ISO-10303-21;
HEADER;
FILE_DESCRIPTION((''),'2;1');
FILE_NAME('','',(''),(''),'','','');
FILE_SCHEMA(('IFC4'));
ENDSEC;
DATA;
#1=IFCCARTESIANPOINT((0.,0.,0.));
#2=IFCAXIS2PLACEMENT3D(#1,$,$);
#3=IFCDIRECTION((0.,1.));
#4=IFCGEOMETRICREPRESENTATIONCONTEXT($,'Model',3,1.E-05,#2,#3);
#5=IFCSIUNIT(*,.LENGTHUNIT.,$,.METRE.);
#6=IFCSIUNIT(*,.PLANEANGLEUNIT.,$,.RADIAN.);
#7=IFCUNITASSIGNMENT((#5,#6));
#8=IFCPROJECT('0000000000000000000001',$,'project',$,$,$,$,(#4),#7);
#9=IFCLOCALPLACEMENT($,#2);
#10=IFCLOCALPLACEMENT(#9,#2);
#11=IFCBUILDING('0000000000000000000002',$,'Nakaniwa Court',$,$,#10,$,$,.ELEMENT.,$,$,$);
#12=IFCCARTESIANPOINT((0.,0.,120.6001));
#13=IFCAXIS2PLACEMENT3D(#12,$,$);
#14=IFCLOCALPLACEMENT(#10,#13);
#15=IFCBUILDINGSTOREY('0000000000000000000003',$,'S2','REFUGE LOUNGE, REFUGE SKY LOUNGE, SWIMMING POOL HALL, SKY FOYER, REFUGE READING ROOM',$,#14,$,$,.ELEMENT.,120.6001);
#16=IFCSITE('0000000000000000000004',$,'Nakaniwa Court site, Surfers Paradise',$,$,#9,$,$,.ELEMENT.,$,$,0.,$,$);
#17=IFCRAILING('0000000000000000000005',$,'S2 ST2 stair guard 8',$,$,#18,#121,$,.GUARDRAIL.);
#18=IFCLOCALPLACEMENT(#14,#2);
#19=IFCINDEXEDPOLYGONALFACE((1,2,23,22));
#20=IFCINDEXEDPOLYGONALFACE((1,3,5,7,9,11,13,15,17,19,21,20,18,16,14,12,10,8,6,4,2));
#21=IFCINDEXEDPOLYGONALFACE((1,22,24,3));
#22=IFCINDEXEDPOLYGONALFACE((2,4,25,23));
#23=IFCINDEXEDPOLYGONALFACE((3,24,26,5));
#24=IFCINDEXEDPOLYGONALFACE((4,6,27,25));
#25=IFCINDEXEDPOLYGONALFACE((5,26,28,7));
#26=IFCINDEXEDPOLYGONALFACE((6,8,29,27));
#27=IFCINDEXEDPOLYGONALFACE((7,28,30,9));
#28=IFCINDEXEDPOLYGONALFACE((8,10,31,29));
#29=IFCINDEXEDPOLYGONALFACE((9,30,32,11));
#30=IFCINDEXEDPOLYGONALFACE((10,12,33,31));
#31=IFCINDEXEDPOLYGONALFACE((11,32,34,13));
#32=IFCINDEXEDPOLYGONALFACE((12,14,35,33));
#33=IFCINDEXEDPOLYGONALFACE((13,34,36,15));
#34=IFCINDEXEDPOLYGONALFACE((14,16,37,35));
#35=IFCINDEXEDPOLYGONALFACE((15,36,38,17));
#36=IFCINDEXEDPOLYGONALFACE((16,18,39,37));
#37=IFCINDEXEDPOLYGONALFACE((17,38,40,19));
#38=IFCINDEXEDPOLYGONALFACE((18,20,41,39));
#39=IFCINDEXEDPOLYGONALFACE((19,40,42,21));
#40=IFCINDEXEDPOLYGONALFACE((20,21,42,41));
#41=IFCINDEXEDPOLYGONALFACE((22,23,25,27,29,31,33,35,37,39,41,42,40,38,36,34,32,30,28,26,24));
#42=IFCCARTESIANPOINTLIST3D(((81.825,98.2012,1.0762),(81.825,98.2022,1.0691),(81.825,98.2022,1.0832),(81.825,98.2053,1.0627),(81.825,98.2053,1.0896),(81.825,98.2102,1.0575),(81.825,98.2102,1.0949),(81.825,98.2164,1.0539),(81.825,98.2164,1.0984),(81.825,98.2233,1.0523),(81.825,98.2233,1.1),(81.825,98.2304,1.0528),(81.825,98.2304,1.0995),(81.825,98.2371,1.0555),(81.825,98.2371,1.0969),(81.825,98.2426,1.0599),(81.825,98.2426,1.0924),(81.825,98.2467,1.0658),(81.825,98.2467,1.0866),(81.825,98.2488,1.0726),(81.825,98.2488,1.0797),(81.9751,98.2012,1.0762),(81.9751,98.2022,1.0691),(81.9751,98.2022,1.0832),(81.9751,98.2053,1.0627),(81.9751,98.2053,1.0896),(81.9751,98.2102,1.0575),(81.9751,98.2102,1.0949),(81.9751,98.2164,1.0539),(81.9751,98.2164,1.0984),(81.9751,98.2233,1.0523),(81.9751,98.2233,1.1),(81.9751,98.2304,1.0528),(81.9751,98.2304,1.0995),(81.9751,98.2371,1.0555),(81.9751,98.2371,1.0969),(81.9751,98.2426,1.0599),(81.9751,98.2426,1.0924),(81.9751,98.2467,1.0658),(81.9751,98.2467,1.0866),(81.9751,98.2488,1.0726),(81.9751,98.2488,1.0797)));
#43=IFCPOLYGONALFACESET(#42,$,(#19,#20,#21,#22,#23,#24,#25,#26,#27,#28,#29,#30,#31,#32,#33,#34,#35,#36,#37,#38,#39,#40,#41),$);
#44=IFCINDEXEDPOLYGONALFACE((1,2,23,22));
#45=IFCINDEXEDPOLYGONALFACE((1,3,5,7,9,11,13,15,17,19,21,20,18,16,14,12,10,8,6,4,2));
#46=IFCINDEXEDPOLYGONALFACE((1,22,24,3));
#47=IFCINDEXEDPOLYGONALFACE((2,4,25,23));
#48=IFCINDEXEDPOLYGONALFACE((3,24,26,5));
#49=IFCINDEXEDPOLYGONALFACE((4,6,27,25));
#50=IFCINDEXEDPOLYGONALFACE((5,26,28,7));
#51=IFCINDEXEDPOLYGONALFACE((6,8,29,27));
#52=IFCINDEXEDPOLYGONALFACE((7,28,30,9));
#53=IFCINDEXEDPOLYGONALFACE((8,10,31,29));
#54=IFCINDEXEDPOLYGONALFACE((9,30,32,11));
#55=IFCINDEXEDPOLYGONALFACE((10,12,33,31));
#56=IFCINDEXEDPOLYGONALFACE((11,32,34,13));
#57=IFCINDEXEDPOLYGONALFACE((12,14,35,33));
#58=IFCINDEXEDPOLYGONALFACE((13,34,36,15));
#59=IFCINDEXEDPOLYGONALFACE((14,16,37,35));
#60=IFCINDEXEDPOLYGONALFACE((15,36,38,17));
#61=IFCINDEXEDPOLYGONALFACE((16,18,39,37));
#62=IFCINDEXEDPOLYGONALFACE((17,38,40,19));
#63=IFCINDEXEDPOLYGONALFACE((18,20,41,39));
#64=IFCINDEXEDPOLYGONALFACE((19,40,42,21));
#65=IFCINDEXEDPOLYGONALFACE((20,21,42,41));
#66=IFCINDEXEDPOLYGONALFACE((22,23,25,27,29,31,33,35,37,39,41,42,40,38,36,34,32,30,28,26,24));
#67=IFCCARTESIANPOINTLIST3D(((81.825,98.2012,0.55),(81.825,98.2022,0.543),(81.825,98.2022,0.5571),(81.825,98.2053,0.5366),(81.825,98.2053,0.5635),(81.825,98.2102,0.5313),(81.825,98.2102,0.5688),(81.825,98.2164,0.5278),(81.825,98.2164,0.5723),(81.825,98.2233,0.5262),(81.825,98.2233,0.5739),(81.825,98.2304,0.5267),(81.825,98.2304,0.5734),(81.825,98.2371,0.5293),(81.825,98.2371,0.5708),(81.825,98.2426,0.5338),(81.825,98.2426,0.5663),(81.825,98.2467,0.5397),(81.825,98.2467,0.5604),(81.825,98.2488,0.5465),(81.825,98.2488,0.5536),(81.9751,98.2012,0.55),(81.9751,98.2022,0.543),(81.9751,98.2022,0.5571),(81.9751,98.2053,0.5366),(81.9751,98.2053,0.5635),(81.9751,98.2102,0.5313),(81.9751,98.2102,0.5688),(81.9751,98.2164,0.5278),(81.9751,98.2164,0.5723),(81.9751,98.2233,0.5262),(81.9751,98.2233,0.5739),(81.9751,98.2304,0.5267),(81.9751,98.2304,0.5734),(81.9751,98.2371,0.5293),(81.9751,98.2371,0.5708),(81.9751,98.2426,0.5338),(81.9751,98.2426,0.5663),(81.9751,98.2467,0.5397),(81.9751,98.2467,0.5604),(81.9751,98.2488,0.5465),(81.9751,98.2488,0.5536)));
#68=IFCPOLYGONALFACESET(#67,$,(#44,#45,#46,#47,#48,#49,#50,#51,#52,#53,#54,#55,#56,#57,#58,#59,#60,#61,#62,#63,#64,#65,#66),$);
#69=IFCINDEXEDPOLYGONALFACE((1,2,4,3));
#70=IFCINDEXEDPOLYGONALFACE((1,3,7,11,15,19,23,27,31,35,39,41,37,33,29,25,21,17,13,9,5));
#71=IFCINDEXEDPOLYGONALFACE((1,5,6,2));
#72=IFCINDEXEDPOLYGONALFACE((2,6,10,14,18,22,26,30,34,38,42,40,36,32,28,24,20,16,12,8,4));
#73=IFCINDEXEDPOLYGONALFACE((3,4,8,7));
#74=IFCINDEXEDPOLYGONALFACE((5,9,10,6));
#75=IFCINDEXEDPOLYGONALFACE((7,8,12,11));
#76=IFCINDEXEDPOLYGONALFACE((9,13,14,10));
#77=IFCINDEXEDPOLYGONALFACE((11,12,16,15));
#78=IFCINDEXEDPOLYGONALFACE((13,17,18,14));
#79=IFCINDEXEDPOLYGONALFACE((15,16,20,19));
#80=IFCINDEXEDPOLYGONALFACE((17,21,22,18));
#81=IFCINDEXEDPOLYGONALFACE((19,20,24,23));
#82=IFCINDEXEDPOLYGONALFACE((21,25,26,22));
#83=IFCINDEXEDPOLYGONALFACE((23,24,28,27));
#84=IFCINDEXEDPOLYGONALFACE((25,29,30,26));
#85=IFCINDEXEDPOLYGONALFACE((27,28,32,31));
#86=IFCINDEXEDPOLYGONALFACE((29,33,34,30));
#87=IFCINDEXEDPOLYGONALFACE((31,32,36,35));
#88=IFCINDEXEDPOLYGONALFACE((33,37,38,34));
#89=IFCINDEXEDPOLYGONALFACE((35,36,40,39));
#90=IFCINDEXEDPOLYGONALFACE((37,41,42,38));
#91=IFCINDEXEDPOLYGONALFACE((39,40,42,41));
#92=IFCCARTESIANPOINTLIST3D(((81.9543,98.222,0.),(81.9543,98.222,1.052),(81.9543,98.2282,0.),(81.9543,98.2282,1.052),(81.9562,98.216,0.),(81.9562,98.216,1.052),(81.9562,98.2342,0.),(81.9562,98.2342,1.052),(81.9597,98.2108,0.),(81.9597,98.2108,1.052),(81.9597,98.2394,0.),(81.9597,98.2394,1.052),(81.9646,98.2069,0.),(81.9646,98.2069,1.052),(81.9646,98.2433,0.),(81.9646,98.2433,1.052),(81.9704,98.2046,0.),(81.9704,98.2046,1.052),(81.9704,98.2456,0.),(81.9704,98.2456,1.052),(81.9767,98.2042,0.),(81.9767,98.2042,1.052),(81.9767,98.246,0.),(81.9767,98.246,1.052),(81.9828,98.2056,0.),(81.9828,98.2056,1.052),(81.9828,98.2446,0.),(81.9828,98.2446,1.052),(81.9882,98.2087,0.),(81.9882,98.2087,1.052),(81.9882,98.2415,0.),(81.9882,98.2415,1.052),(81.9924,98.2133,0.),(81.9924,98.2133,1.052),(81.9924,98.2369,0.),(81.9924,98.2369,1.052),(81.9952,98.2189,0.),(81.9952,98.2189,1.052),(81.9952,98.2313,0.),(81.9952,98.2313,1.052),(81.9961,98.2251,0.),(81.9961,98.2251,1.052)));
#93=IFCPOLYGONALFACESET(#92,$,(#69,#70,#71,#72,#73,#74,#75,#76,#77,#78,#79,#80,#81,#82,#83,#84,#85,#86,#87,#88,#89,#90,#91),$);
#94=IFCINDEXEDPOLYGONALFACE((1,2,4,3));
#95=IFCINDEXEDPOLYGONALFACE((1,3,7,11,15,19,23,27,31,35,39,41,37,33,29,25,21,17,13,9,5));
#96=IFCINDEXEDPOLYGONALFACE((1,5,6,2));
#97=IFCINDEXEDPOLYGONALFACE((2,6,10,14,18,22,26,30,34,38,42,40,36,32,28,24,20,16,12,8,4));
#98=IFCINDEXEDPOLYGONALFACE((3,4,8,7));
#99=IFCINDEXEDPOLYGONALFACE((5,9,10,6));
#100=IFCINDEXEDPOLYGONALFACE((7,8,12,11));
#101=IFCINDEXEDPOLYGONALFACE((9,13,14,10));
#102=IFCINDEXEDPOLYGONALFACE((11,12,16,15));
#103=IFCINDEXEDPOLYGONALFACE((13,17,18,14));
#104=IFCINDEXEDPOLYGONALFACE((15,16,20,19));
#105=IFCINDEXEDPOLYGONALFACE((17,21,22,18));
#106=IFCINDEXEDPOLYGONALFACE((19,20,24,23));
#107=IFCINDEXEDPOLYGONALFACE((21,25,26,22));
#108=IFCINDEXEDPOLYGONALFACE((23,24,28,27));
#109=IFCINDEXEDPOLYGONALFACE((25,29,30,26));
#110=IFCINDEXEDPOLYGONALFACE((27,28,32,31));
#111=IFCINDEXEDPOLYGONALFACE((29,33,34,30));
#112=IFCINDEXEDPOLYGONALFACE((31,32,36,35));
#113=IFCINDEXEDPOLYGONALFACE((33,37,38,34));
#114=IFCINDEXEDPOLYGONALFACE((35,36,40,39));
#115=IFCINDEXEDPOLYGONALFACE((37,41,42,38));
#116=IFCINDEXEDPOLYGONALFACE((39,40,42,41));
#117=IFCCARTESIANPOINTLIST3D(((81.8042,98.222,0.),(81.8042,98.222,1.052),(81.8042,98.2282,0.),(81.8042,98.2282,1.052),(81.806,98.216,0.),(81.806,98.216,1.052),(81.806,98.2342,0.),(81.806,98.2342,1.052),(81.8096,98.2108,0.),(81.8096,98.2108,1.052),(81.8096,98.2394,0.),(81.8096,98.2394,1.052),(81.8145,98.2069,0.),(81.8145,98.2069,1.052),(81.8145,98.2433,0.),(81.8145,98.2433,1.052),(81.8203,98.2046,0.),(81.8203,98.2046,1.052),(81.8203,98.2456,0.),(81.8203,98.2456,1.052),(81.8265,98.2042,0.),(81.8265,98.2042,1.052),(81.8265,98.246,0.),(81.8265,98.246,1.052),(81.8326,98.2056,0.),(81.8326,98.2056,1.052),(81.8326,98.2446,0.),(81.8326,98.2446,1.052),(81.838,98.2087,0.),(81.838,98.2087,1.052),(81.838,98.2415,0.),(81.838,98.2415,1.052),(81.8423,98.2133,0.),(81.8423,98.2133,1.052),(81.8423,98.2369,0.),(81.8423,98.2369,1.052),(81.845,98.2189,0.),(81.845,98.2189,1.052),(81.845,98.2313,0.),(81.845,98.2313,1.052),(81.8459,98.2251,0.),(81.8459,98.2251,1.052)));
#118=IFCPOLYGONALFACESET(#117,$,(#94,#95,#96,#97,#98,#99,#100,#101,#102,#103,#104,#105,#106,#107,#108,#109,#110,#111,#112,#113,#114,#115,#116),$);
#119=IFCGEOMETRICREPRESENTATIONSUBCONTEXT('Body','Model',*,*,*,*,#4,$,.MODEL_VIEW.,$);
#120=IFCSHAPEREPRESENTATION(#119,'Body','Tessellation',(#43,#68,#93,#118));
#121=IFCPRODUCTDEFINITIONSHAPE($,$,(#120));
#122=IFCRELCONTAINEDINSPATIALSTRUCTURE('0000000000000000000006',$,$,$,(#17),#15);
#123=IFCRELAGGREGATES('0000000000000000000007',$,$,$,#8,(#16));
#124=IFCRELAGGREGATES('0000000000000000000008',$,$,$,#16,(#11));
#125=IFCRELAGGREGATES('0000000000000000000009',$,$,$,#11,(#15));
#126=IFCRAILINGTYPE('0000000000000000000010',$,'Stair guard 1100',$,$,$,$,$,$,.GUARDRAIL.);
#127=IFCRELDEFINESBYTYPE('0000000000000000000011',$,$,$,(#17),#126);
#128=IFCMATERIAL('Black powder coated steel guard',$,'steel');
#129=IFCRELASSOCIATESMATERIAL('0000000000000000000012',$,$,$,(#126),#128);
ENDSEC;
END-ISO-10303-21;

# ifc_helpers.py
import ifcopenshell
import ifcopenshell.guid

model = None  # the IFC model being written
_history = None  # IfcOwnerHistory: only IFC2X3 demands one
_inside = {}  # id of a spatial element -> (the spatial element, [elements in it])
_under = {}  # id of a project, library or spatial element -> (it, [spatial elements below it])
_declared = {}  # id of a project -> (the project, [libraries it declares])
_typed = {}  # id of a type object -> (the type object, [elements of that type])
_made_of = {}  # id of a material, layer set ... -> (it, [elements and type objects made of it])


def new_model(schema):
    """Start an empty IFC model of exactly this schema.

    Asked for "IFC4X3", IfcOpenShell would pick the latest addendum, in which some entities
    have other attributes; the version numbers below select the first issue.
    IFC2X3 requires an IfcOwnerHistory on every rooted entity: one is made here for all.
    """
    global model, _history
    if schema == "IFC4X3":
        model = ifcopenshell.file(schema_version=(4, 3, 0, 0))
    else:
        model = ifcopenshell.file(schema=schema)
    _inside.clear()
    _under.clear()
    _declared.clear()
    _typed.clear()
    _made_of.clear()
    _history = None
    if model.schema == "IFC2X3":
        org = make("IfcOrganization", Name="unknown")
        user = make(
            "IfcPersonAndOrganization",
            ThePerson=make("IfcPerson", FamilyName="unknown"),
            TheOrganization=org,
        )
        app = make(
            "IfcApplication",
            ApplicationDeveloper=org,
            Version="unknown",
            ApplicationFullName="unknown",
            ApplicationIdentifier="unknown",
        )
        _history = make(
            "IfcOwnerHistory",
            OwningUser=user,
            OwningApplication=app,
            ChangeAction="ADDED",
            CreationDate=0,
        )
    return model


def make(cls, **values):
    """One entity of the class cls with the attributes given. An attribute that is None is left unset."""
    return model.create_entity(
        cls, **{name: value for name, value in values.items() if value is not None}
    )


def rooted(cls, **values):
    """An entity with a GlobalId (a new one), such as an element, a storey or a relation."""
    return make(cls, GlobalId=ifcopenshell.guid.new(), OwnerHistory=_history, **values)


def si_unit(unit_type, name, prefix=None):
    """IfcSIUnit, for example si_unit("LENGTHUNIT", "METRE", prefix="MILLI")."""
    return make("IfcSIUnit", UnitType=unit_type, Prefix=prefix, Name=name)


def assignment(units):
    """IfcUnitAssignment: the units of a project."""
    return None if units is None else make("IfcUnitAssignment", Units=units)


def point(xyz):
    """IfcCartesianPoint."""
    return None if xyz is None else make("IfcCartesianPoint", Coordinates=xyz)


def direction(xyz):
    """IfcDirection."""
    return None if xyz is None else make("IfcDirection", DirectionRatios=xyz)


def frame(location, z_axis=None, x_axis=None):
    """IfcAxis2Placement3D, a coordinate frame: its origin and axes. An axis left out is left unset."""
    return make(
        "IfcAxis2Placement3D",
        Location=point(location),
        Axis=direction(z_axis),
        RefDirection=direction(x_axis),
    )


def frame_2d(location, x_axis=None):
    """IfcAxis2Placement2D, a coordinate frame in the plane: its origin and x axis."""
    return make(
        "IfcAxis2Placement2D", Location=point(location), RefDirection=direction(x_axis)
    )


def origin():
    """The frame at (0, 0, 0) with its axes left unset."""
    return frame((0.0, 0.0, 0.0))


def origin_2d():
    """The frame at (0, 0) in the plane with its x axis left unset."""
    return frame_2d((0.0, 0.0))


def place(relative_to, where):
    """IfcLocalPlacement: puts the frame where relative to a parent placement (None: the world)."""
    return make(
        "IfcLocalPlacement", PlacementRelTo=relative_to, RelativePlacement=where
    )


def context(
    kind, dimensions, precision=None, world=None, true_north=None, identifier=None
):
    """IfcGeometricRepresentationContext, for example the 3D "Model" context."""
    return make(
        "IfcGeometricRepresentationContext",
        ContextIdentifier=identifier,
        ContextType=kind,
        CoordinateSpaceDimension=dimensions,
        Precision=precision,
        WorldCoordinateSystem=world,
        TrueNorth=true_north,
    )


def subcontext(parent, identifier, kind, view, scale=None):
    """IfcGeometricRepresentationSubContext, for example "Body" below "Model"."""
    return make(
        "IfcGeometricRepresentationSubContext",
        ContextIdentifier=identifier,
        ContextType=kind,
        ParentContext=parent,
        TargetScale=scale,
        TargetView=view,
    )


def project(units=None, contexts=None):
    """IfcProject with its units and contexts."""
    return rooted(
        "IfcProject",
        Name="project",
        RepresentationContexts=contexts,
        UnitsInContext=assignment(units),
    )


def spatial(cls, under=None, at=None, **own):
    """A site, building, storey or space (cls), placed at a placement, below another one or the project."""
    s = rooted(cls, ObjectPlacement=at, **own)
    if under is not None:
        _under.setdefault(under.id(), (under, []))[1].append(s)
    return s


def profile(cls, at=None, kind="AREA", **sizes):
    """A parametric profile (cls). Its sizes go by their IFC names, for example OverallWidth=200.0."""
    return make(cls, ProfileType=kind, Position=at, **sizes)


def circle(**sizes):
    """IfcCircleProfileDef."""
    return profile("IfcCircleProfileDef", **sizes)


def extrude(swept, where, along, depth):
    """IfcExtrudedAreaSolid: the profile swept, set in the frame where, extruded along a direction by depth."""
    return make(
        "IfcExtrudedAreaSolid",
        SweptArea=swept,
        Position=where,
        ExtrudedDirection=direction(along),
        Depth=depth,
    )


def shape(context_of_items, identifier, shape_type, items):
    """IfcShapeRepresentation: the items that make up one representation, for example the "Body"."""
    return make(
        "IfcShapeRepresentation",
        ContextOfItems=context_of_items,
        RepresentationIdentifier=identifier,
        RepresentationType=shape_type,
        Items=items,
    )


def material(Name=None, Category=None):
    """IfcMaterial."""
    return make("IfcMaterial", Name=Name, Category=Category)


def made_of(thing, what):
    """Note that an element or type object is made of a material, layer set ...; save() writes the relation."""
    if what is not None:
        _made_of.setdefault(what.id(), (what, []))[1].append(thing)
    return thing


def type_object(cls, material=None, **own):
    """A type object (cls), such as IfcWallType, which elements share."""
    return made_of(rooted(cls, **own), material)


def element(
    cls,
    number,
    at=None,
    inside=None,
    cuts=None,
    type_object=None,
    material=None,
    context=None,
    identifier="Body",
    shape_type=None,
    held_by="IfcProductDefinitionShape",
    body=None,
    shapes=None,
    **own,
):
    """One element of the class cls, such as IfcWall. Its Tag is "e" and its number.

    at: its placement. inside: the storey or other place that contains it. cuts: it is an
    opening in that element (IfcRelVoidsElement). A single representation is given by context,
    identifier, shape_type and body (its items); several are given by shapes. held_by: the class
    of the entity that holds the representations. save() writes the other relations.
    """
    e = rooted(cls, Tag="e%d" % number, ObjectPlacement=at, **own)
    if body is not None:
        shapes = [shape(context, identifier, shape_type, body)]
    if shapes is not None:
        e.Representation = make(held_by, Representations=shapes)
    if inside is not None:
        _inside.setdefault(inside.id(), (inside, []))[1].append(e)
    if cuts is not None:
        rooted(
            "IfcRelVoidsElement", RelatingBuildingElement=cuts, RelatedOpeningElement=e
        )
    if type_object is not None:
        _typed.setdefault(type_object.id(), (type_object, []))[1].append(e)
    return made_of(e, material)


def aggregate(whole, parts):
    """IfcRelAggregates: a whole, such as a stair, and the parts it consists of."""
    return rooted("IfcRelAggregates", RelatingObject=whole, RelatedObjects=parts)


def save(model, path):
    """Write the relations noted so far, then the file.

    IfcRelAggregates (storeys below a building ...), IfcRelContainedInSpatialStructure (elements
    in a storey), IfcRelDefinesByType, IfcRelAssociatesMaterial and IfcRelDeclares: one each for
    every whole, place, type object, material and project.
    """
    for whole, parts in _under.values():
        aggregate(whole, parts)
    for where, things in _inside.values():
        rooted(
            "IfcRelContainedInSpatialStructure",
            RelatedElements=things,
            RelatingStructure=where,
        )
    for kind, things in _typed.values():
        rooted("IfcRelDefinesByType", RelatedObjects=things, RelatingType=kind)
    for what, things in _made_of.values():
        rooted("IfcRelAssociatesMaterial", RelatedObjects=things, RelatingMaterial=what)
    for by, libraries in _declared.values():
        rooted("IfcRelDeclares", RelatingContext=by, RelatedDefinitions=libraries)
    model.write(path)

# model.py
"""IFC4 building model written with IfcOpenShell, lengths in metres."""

from ifc_helpers import new_model, si_unit, direction, frame, origin, origin_2d, place, context, subcontext, project, spatial, circle, extrude, material, type_object, element, save


model = new_model("IFC4")

# Units and contexts
model_context = context("Model", 3, precision=1e-05, world=origin(), true_north=direction((0.0, 1.0)))
body_context = subcontext(model_context, "Body", "Model", "MODEL_VIEW")
ifc_project = project(units=[si_unit("LENGTHUNIT", "METRE"), si_unit("PLANEANGLEUNIT", "RADIAN")], contexts=[model_context])

# Site, building, storey
site_placement = place(None, origin())
site = spatial("IfcSite", under=ifc_project, at=site_placement, Name="Nakaniwa Court site, Surfers Paradise", CompositionType="ELEMENT", RefElevation=0.0)
building_placement = place(site_placement, origin())
building = spatial("IfcBuilding", under=site, at=building_placement, Name="Nakaniwa Court", CompositionType="ELEMENT")
storey_placement = place(building_placement, frame((0.0, 0.0, 120.6001)))
storey = spatial("IfcBuildingStorey", under=building, at=storey_placement, Name="S2", Description="REFUGE LOUNGE, REFUGE SKY LOUNGE, SWIMMING POOL HALL, SKY FOYER, REFUGE READING ROOM", CompositionType="ELEMENT", Elevation=120.6001)

# Railing
ifc_material_1 = material(Name="Black powder coated steel guard", Category="steel")
railing_type_1 = type_object("IfcRailingType", Name="Stair guard 1100", PredefinedType="GUARDRAIL", material=ifc_material_1)
railing_1_placement = place(storey_placement, frame((81.9751, 98.2251, 0.0)))
element("IfcRailing", 1, at=railing_1_placement, inside=storey, type_object=railing_type_1, Name="S2 ST2 stair guard 8", PredefinedType="GUARDRAIL", context=body_context, shape_type="SweptSolid", body=[
    extrude(circle(Radius=0.0239, at=origin_2d()), frame((0.0, 0.0, 1.0762), z_axis=(-1.0, 0.0, 0.0), x_axis=(0.0, -1.0, 0.0)), (0.0, 0.0, 1.0), 0.1501),
    extrude(circle(Radius=0.0239, at=origin_2d()), frame((0.0, 0.0, 0.55), z_axis=(-1.0, 0.0, 0.0), x_axis=(0.0, -1.0, 0.0)), (0.0, 0.0, 1.0), 0.1501),
    extrude(circle(Radius=0.021, at=origin_2d()), origin(), (0.0, 0.0, 1.0), 1.052),
    extrude(circle(Radius=0.021, at=origin_2d()), frame((-0.1501, 0.0, 0.0)), (0.0, 0.0, 1.0), 1.052),
])

save(model, "model.ifc")
